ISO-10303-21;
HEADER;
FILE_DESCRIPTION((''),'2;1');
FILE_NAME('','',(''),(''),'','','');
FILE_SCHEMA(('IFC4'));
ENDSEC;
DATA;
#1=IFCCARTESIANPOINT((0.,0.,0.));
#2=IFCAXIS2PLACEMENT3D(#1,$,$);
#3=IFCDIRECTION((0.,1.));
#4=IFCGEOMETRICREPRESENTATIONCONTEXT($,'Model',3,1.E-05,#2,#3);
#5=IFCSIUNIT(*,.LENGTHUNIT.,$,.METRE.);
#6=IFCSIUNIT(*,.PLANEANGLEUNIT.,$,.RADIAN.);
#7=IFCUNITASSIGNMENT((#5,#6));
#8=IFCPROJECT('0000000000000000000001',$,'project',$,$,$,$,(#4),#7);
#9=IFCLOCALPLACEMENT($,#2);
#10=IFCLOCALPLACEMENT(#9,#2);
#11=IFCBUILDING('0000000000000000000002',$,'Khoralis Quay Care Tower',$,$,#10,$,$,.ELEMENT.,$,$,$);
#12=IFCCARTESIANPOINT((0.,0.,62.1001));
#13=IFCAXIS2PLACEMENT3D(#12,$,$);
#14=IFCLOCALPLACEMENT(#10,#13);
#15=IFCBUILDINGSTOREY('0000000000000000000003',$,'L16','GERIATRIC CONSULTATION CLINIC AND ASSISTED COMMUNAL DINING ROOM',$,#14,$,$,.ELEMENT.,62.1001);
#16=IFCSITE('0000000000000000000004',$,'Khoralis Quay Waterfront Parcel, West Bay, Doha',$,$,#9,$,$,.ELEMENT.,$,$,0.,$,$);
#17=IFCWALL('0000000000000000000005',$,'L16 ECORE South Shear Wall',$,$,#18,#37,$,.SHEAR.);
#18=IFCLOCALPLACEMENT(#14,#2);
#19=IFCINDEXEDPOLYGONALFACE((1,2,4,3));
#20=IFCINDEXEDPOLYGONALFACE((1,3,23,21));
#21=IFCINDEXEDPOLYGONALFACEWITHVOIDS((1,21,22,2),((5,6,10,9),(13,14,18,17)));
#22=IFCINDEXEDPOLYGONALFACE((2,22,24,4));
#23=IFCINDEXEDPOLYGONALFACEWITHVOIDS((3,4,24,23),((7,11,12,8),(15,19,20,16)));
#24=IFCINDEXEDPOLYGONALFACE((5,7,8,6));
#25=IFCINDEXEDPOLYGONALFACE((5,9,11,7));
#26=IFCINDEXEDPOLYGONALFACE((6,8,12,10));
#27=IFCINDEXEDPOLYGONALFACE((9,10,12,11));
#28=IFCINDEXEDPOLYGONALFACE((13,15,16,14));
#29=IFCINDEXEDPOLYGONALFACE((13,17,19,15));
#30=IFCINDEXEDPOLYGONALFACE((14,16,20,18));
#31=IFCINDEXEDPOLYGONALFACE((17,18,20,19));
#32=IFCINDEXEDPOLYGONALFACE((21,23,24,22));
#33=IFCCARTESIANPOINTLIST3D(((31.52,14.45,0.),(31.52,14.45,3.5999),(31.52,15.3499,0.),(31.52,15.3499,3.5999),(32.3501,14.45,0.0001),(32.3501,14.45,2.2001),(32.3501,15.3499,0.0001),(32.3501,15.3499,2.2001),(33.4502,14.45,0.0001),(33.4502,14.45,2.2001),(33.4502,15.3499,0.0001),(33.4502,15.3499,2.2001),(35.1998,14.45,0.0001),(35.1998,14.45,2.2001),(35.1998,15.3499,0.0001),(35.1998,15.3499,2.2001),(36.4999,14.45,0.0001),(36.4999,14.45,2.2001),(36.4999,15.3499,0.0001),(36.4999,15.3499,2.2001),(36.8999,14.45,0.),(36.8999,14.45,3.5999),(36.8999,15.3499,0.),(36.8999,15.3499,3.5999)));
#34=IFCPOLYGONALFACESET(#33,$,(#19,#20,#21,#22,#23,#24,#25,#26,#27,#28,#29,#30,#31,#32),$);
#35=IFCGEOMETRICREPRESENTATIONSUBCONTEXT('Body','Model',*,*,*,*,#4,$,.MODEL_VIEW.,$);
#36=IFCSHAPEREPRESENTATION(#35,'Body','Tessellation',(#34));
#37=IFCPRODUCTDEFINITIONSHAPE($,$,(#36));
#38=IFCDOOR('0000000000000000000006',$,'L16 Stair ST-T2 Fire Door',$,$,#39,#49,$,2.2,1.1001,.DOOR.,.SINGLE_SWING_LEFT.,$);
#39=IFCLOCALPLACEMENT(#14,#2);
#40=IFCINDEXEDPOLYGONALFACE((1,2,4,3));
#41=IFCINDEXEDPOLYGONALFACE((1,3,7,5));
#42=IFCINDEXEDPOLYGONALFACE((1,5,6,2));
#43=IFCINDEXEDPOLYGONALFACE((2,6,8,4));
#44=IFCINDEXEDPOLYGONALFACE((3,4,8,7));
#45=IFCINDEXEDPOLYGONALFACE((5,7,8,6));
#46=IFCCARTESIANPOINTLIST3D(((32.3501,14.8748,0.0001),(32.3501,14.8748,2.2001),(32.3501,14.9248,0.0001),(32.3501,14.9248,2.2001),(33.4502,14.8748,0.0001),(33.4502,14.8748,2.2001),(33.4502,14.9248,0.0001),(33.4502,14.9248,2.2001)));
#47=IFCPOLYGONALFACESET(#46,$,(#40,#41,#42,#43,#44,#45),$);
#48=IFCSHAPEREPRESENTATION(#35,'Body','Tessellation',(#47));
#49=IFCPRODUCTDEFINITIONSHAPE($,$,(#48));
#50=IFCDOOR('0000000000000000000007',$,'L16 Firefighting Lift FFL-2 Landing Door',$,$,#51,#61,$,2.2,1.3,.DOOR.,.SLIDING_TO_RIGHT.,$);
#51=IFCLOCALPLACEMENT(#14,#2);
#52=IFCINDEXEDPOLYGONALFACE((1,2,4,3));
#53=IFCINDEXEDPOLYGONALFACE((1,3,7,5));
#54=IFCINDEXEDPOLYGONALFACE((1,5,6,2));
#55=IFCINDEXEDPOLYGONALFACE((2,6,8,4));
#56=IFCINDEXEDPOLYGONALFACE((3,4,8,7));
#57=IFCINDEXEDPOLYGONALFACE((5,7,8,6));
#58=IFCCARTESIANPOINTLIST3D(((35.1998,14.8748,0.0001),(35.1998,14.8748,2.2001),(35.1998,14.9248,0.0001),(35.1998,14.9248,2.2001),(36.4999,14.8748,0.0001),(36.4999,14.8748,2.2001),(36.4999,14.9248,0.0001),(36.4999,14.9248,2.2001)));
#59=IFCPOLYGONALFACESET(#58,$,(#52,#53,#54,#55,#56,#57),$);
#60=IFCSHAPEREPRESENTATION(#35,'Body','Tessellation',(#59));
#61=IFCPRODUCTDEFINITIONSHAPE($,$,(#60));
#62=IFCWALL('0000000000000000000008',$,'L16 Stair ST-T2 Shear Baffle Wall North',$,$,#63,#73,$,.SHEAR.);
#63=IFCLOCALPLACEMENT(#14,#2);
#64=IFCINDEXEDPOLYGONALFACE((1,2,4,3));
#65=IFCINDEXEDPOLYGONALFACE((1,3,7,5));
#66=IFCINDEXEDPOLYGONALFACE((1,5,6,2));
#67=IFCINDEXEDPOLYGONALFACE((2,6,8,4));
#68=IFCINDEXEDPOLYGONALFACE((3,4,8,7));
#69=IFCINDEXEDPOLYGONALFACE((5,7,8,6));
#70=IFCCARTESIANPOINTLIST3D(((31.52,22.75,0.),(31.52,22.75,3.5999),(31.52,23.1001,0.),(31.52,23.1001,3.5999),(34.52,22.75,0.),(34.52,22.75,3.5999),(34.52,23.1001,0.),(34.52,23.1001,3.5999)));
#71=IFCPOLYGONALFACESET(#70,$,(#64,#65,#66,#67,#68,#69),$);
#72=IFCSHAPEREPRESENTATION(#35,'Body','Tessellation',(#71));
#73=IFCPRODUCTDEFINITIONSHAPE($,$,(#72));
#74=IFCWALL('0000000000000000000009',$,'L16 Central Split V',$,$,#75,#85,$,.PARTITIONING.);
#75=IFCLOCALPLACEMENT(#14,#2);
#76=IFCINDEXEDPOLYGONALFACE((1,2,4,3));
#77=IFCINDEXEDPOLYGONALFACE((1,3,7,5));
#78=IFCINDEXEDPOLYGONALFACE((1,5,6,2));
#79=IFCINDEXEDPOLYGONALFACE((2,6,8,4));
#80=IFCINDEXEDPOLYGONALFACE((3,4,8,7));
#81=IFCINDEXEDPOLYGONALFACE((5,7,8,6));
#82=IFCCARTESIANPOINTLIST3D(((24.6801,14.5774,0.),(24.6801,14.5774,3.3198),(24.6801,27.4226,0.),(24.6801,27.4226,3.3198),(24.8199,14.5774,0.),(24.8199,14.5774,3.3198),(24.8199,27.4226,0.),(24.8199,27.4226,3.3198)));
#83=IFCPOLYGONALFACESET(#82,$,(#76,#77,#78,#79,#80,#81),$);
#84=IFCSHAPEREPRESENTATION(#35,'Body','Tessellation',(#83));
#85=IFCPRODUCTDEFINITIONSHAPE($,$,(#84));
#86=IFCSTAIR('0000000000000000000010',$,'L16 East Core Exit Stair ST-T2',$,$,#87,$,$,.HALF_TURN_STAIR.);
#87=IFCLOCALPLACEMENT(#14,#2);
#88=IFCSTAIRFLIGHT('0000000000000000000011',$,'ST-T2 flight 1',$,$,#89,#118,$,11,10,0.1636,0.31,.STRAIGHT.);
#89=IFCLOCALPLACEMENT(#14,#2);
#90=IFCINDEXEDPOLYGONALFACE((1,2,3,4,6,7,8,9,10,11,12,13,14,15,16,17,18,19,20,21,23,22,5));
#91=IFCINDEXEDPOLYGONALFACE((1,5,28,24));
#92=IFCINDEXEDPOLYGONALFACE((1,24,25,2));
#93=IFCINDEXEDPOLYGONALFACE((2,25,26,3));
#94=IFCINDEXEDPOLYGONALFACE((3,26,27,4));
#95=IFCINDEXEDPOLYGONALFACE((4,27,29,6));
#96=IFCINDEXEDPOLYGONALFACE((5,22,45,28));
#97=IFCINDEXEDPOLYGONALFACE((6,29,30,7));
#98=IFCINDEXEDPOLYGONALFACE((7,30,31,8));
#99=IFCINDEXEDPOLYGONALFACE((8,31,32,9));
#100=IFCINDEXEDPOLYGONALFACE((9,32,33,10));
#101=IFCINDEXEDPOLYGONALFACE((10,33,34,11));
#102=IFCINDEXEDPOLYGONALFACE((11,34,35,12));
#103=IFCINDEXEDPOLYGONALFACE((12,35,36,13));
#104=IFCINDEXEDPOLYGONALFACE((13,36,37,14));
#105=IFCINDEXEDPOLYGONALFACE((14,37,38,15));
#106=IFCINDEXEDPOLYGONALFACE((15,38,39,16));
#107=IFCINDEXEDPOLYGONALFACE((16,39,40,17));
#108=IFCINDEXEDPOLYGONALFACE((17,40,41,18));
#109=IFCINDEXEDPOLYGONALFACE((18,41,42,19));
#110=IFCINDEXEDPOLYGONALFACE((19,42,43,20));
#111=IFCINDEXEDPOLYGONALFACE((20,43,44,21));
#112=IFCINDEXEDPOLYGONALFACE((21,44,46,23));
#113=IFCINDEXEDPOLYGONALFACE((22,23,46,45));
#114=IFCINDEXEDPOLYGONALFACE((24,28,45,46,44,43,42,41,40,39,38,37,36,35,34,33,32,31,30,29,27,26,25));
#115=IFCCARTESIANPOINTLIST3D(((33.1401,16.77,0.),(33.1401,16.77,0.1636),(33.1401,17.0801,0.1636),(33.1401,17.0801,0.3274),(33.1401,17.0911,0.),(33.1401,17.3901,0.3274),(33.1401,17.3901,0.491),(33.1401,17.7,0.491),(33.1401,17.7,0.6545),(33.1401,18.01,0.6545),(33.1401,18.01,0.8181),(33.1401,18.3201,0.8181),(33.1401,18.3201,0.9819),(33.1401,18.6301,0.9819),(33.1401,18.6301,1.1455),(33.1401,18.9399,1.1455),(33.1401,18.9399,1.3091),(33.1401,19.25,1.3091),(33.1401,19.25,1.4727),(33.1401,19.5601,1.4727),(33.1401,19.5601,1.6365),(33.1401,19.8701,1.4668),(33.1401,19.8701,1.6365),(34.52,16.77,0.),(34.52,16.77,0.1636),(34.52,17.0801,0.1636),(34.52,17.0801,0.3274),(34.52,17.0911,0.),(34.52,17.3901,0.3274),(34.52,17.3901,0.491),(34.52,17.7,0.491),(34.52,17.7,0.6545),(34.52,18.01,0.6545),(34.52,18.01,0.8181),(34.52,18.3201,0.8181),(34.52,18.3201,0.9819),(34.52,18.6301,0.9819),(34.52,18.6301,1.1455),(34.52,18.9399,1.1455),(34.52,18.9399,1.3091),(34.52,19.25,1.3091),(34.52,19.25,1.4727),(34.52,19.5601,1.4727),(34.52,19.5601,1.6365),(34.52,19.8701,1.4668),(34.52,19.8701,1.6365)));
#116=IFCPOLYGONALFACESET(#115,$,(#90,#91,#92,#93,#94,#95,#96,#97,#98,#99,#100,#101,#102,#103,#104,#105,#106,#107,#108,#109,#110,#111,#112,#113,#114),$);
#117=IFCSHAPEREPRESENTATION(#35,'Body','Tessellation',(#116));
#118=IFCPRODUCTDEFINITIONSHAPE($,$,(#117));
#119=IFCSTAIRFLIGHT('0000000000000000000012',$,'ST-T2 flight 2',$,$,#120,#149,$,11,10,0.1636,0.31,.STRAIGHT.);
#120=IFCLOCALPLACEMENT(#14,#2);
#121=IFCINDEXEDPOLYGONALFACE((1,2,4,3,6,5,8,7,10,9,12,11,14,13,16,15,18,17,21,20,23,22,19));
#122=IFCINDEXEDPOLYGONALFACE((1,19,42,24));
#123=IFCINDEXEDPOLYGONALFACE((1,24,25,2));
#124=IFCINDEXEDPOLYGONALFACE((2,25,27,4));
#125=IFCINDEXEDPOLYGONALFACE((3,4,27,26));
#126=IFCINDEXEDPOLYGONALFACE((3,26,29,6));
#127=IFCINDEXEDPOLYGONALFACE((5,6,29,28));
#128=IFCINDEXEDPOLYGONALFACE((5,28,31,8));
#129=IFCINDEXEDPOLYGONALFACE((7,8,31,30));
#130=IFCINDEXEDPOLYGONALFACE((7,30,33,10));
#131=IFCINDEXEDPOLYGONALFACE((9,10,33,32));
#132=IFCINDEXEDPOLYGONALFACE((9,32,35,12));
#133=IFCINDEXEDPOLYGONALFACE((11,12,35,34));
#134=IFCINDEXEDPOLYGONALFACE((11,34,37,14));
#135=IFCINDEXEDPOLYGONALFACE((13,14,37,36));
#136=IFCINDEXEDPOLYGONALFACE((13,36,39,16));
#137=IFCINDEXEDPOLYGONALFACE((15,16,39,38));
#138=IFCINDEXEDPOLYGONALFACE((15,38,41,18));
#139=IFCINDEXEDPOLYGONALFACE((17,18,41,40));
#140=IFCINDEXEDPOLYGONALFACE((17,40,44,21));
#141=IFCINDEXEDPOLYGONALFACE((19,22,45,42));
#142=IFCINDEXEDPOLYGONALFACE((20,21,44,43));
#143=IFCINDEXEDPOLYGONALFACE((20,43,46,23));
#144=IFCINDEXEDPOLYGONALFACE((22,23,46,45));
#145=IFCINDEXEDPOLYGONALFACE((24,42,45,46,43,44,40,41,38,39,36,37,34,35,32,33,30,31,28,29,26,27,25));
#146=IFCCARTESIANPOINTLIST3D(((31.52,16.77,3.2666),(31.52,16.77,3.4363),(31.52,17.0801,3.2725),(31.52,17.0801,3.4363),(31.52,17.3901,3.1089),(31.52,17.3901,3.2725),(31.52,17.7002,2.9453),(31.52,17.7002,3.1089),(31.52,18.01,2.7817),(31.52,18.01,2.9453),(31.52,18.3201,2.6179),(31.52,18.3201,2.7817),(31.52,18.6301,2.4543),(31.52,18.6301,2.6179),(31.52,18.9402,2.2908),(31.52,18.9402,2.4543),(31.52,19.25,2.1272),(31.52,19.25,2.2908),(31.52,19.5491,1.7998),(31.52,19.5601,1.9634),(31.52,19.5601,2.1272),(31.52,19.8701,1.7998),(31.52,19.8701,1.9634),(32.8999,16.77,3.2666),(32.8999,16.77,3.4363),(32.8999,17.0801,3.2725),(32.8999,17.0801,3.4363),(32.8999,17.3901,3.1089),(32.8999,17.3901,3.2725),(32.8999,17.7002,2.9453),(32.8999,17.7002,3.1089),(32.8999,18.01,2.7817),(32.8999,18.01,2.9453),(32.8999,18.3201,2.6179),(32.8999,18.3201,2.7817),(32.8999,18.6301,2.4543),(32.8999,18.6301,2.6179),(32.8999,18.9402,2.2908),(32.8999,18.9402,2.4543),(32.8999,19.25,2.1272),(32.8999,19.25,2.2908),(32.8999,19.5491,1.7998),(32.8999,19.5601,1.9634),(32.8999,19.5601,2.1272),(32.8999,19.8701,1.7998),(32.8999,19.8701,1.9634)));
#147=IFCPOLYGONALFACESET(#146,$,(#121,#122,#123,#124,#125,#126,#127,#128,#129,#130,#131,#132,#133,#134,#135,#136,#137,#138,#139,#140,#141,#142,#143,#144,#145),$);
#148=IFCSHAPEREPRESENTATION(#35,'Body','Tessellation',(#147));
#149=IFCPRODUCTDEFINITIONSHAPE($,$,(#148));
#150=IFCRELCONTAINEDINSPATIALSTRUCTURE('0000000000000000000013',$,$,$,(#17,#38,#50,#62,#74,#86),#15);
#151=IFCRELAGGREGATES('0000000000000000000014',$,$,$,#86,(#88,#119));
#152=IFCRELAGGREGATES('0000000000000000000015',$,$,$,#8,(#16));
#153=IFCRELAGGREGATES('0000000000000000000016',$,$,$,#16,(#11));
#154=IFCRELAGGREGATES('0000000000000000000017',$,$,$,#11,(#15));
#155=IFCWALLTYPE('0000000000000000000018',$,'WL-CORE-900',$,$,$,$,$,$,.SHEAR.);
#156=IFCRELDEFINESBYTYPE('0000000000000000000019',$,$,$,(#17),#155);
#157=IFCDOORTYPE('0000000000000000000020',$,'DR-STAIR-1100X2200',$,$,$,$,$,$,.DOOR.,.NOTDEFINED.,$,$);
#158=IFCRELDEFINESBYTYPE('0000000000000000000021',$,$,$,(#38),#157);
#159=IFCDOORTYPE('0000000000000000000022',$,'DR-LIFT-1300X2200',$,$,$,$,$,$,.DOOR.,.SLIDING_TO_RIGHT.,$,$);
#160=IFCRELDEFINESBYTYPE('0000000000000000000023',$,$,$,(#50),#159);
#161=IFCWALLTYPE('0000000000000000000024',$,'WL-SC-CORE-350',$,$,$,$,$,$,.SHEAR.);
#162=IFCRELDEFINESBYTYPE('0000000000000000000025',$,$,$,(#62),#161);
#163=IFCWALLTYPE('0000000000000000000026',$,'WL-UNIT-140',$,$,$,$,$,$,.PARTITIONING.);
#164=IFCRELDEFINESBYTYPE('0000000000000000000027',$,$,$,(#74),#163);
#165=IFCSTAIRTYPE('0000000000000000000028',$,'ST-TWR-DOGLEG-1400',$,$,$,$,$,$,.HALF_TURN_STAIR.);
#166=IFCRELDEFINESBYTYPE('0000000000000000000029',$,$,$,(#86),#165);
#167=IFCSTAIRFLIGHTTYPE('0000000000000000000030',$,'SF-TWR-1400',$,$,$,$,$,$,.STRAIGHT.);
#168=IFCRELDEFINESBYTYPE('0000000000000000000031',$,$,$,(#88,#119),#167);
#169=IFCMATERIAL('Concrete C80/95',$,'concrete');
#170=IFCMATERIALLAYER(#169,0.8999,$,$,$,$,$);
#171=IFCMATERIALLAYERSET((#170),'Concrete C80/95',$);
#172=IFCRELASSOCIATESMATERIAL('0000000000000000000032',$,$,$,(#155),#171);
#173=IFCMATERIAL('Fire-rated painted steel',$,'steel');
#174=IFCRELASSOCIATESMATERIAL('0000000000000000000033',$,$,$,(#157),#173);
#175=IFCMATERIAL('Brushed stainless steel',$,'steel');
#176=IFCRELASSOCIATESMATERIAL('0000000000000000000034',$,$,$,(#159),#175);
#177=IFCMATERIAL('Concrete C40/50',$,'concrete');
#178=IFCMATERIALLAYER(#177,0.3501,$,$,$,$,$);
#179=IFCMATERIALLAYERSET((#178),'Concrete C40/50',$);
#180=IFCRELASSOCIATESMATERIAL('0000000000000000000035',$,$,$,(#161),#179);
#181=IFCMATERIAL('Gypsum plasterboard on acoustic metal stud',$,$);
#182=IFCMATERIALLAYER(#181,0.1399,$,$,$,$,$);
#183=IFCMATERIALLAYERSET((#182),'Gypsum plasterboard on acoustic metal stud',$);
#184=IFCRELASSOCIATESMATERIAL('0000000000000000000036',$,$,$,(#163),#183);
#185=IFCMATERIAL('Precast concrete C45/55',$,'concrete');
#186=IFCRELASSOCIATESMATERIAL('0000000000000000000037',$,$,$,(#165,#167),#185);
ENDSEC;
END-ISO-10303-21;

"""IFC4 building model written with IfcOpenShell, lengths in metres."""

from ifc_helpers import new_model, si_unit, direction, frame, frame_2d, origin, place, context, subcontext, project, spatial, polyline, rectangle, outline, extrude, source, transform, mapped, material, layer, layer_set, type_object, element, fill, aggregate, save


model = new_model("IFC4")

# Units and contexts
model_context = context("Model", 3, precision=1e-05, world=origin(), true_north=direction((0.0, 1.0)))
body_context = subcontext(model_context, "Body", "Model", "MODEL_VIEW")
ifc_project = project(units=[si_unit("LENGTHUNIT", "METRE"), si_unit("PLANEANGLEUNIT", "RADIAN")], contexts=[model_context])

# Site, building, storey
site_placement = place(None, origin())
site = spatial("IfcSite", under=ifc_project, at=site_placement, Name="Khoralis Quay Waterfront Parcel, West Bay, Doha", CompositionType="ELEMENT", RefElevation=0.0)
building_placement = place(site_placement, origin())
building = spatial("IfcBuilding", under=site, at=building_placement, Name="Khoralis Quay Care Tower", CompositionType="ELEMENT")
storey_placement = place(building_placement, frame((0.0, 0.0, 62.1001)))
storey = spatial("IfcBuildingStorey", under=building, at=storey_placement, Name="L16", Description="GERIATRIC CONSULTATION CLINIC AND ASSISTED COMMUNAL DINING ROOM", CompositionType="ELEMENT", Elevation=62.1001)

# Shared definitions
ifc_material_1 = material(Name="Concrete C80/95", Category="concrete")

# Shared definitions
ifc_material_2 = material(Name="Gypsum plasterboard on acoustic metal stud")
ifc_material_3 = material(Name="Fire-rated painted steel", Category="steel")

# Shared definitions
ifc_layer_1 = layer(ifc_material_1, 0.8999)
ifc_layer_set_1 = layer_set([ifc_layer_1], Name="Concrete C80/95")
wall_type_1 = type_object("IfcWallType", Name="WL-CORE-900", PredefinedType="SHEAR", material=ifc_layer_set_1)

# Wall, openings, doors
wall_1_placement = place(storey_placement, frame((31.52, 14.8999, 0.0), z_axis=(0.0, 0.0, 1.0), x_axis=(1.0, 0.0, 0.0)))
wall_1 = element("IfcWall", 1, at=wall_1_placement, inside=storey, type_object=wall_type_1, Name="L16 ECORE South Shear Wall", PredefinedType="SHEAR", context=body_context, shape_type="SweptSolid", body=[
    extrude(rectangle(XDim=5.3799, YDim=0.8999, at=frame_2d((2.6899, 0.0))), origin(), (0.0, 0.0, 1.0), 3.5999),
])
opening_1_placement = place(wall_1_placement, frame((0.8301, 0.0, 0.0)))
opening_1 = element("IfcOpeningElement", 2, at=opening_1_placement, cuts=wall_1, PredefinedType="OPENING", context=body_context, shape_type="SweptSolid", body=[
    extrude(rectangle(XDim=1.1001, YDim=2.2, at=frame_2d((0.55, 1.1001))), frame((0.0, 0.46, 0.0), z_axis=(0.0, -1.0, 0.0), x_axis=(1.0, 0.0, 0.0)), (0.0, 0.0, 1.0), 0.9199),
])
opening_2_placement = place(wall_1_placement, frame((3.6799, 0.0, 0.0)))
opening_2 = element("IfcOpeningElement", 3, at=opening_2_placement, cuts=wall_1, PredefinedType="OPENING", context=body_context, shape_type="SweptSolid", body=[
    extrude(rectangle(XDim=1.3, YDim=2.2, at=frame_2d((0.6499, 1.1001))), frame((0.0, 0.46, 0.0), z_axis=(0.0, -1.0, 0.0), x_axis=(1.0, 0.0, 0.0)), (0.0, 0.0, 1.0), 0.9199),
])
door_type_1 = type_object("IfcDoorType", Name="DR-STAIR-1100X2200", OperationType="NOTDEFINED", PredefinedType="DOOR", material=ifc_material_3)
shared_shape_1 = source(origin(), body_context, "Body", "SweptSolid", [
    extrude(rectangle(XDim=1.1001, YDim=2.2, at=frame_2d((0.55, 1.1001))), frame((0.0, 0.0249, 0.0), z_axis=(0.0, -1.0, 0.0), x_axis=(1.0, 0.0, 0.0)), (0.0, 0.0, 1.0), 0.05),
])
door_1_placement = place(opening_1_placement, origin())
door_1 = element("IfcDoor", 4, at=door_1_placement, inside=storey, type_object=door_type_1, Name="L16 Stair ST-T2 Fire Door", OperationType="SINGLE_SWING_LEFT", OverallHeight=2.2, OverallWidth=1.1001, PredefinedType="DOOR", context=body_context, shape_type="MappedRepresentation", body=[
    mapped(shared_shape_1, transform((0.0, 0.0, 0.0), scale=1.0)),
])
fill(opening_1, door_1)
ifc_material_4 = material(Name="Brushed stainless steel", Category="steel")
door_type_2 = type_object("IfcDoorType", Name="DR-LIFT-1300X2200", OperationType="SLIDING_TO_RIGHT", PredefinedType="DOOR", material=ifc_material_4)
shared_shape_2 = source(origin(), body_context, "Body", "SweptSolid", [
    extrude(rectangle(XDim=1.3, YDim=2.2, at=frame_2d((0.6499, 1.1001))), frame((0.0, 0.0249, 0.0), z_axis=(0.0, -1.0, 0.0), x_axis=(1.0, 0.0, 0.0)), (0.0, 0.0, 1.0), 0.05),
])
door_2_placement = place(opening_2_placement, origin())
door_2 = element("IfcDoor", 5, at=door_2_placement, inside=storey, type_object=door_type_2, Name="L16 Firefighting Lift FFL-2 Landing Door", OperationType="SLIDING_TO_RIGHT", OverallHeight=2.2, OverallWidth=1.3, PredefinedType="DOOR", context=body_context, shape_type="MappedRepresentation", body=[
    mapped(shared_shape_2, transform((0.0, 0.0, 0.0), scale=1.0)),
])
fill(opening_2, door_2)

# Walls
ifc_material_5 = material(Name="Concrete C40/50", Category="concrete")
ifc_layer_2 = layer(ifc_material_5, 0.3501)
ifc_layer_set_2 = layer_set([ifc_layer_2], Name="Concrete C40/50")
wall_type_2 = type_object("IfcWallType", Name="WL-SC-CORE-350", PredefinedType="SHEAR", material=ifc_layer_set_2)
wall_2_placement = place(storey_placement, frame((31.52, 22.925, 0.0), z_axis=(0.0, 0.0, 1.0), x_axis=(1.0, 0.0, 0.0)))
element("IfcWall", 6, at=wall_2_placement, inside=storey, type_object=wall_type_2, Name="L16 Stair ST-T2 Shear Baffle Wall North", PredefinedType="SHEAR", context=body_context, shape_type="SweptSolid", body=[
    extrude(rectangle(XDim=3.0, YDim=0.3501, at=frame_2d((1.5, 0.0))), origin(), (0.0, 0.0, 1.0), 3.5999),
])
ifc_layer_3 = layer(ifc_material_2, 0.1399)
ifc_layer_set_3 = layer_set([ifc_layer_3], Name="Gypsum plasterboard on acoustic metal stud")
wall_type_3 = type_object("IfcWallType", Name="WL-UNIT-140", PredefinedType="PARTITIONING", material=ifc_layer_set_3)
wall_3_placement = place(storey_placement, frame((24.75, 14.5774, 0.0), z_axis=(0.0, 0.0, 1.0), x_axis=(0.0, 1.0, 0.0)))
element("IfcWall", 7, at=wall_3_placement, inside=storey, type_object=wall_type_3, Name="L16 Central Split V", PredefinedType="PARTITIONING", context=body_context, shape_type="SweptSolid", body=[
    extrude(rectangle(XDim=12.8452, YDim=0.1399, at=frame_2d((6.4226, 0.0))), origin(), (0.0, 0.0, 1.0), 3.3198),
])

# Stair, stair flights
ifc_material_6 = material(Name="Precast concrete C45/55", Category="concrete")
stair_type = type_object("IfcStairType", Name="ST-TWR-DOGLEG-1400", PredefinedType="HALF_TURN_STAIR", material=ifc_material_6)
stair_placement = place(storey_placement, origin())
stair = element("IfcStair", 8, at=stair_placement, inside=storey, type_object=stair_type, Name="L16 East Core Exit Stair ST-T2", PredefinedType="HALF_TURN_STAIR")
stair_flight_type = type_object("IfcStairFlightType", Name="SF-TWR-1400", PredefinedType="STRAIGHT", material=ifc_material_6)
shared_shape_3 = source(origin(), body_context, "Body", "SweptSolid", [
    extrude(outline(polyline([(0.0, 0.0), (0.0, 0.1636), (0.3101, 0.1636), (0.3101, 0.3274), (0.6201, 0.3274), (0.6201, 0.491), (0.9299, 0.491), (0.9299, 0.6545), (1.24, 0.6545), (1.24, 0.8181), (1.55, 0.8181), (1.55, 0.9819), (1.8601, 0.9819), (1.8601, 1.1455), (2.1699, 1.1455), (2.1699, 1.3091), (2.48, 1.3091), (2.48, 1.4727), (2.79, 1.4727), (2.79, 1.6365), (3.1001, 1.6365), (3.1001, 1.8), (3.1001, 1.4668), (0.321, 0.0), (0.0, 0.0)])), frame((0.0, 0.6899, 0.0), z_axis=(0.0, -1.0, 0.0), x_axis=(1.0, 0.0, 0.0)), (0.0, 0.0, 1.0), 1.3799),
])
stair_flight_1_placement = place(storey_placement, frame((33.8301, 16.77, 0.0), z_axis=(0.0, 0.0, 1.0), x_axis=(0.0, 1.0, 0.0)))
stair_flight_1 = element("IfcStairFlight", 9, at=stair_flight_1_placement, type_object=stair_flight_type, Name="ST-T2 flight 1", NumberOfRisers=11, NumberOfTreads=10, PredefinedType="STRAIGHT", RiserHeight=0.1636, TreadLength=0.31, context=body_context, shape_type="MappedRepresentation", body=[
    mapped(shared_shape_3, transform((0.0, 0.0, 0.0), scale=1.0)),
])
stair_flight_2_placement = place(storey_placement, frame((32.21, 19.8701, 1.7998), z_axis=(0.0, 0.0, 1.0), x_axis=(0.0, -1.0, 0.0)))
stair_flight_2 = element("IfcStairFlight", 10, at=stair_flight_2_placement, type_object=stair_flight_type, Name="ST-T2 flight 2", NumberOfRisers=11, NumberOfTreads=10, PredefinedType="STRAIGHT", RiserHeight=0.1636, TreadLength=0.31, context=body_context, shape_type="MappedRepresentation", body=[
    mapped(shared_shape_3, transform((0.0, 0.0, 0.0), scale=1.0)),
])
aggregate(stair, [stair_flight_1, stair_flight_2])

save(model, "model.ifc")
